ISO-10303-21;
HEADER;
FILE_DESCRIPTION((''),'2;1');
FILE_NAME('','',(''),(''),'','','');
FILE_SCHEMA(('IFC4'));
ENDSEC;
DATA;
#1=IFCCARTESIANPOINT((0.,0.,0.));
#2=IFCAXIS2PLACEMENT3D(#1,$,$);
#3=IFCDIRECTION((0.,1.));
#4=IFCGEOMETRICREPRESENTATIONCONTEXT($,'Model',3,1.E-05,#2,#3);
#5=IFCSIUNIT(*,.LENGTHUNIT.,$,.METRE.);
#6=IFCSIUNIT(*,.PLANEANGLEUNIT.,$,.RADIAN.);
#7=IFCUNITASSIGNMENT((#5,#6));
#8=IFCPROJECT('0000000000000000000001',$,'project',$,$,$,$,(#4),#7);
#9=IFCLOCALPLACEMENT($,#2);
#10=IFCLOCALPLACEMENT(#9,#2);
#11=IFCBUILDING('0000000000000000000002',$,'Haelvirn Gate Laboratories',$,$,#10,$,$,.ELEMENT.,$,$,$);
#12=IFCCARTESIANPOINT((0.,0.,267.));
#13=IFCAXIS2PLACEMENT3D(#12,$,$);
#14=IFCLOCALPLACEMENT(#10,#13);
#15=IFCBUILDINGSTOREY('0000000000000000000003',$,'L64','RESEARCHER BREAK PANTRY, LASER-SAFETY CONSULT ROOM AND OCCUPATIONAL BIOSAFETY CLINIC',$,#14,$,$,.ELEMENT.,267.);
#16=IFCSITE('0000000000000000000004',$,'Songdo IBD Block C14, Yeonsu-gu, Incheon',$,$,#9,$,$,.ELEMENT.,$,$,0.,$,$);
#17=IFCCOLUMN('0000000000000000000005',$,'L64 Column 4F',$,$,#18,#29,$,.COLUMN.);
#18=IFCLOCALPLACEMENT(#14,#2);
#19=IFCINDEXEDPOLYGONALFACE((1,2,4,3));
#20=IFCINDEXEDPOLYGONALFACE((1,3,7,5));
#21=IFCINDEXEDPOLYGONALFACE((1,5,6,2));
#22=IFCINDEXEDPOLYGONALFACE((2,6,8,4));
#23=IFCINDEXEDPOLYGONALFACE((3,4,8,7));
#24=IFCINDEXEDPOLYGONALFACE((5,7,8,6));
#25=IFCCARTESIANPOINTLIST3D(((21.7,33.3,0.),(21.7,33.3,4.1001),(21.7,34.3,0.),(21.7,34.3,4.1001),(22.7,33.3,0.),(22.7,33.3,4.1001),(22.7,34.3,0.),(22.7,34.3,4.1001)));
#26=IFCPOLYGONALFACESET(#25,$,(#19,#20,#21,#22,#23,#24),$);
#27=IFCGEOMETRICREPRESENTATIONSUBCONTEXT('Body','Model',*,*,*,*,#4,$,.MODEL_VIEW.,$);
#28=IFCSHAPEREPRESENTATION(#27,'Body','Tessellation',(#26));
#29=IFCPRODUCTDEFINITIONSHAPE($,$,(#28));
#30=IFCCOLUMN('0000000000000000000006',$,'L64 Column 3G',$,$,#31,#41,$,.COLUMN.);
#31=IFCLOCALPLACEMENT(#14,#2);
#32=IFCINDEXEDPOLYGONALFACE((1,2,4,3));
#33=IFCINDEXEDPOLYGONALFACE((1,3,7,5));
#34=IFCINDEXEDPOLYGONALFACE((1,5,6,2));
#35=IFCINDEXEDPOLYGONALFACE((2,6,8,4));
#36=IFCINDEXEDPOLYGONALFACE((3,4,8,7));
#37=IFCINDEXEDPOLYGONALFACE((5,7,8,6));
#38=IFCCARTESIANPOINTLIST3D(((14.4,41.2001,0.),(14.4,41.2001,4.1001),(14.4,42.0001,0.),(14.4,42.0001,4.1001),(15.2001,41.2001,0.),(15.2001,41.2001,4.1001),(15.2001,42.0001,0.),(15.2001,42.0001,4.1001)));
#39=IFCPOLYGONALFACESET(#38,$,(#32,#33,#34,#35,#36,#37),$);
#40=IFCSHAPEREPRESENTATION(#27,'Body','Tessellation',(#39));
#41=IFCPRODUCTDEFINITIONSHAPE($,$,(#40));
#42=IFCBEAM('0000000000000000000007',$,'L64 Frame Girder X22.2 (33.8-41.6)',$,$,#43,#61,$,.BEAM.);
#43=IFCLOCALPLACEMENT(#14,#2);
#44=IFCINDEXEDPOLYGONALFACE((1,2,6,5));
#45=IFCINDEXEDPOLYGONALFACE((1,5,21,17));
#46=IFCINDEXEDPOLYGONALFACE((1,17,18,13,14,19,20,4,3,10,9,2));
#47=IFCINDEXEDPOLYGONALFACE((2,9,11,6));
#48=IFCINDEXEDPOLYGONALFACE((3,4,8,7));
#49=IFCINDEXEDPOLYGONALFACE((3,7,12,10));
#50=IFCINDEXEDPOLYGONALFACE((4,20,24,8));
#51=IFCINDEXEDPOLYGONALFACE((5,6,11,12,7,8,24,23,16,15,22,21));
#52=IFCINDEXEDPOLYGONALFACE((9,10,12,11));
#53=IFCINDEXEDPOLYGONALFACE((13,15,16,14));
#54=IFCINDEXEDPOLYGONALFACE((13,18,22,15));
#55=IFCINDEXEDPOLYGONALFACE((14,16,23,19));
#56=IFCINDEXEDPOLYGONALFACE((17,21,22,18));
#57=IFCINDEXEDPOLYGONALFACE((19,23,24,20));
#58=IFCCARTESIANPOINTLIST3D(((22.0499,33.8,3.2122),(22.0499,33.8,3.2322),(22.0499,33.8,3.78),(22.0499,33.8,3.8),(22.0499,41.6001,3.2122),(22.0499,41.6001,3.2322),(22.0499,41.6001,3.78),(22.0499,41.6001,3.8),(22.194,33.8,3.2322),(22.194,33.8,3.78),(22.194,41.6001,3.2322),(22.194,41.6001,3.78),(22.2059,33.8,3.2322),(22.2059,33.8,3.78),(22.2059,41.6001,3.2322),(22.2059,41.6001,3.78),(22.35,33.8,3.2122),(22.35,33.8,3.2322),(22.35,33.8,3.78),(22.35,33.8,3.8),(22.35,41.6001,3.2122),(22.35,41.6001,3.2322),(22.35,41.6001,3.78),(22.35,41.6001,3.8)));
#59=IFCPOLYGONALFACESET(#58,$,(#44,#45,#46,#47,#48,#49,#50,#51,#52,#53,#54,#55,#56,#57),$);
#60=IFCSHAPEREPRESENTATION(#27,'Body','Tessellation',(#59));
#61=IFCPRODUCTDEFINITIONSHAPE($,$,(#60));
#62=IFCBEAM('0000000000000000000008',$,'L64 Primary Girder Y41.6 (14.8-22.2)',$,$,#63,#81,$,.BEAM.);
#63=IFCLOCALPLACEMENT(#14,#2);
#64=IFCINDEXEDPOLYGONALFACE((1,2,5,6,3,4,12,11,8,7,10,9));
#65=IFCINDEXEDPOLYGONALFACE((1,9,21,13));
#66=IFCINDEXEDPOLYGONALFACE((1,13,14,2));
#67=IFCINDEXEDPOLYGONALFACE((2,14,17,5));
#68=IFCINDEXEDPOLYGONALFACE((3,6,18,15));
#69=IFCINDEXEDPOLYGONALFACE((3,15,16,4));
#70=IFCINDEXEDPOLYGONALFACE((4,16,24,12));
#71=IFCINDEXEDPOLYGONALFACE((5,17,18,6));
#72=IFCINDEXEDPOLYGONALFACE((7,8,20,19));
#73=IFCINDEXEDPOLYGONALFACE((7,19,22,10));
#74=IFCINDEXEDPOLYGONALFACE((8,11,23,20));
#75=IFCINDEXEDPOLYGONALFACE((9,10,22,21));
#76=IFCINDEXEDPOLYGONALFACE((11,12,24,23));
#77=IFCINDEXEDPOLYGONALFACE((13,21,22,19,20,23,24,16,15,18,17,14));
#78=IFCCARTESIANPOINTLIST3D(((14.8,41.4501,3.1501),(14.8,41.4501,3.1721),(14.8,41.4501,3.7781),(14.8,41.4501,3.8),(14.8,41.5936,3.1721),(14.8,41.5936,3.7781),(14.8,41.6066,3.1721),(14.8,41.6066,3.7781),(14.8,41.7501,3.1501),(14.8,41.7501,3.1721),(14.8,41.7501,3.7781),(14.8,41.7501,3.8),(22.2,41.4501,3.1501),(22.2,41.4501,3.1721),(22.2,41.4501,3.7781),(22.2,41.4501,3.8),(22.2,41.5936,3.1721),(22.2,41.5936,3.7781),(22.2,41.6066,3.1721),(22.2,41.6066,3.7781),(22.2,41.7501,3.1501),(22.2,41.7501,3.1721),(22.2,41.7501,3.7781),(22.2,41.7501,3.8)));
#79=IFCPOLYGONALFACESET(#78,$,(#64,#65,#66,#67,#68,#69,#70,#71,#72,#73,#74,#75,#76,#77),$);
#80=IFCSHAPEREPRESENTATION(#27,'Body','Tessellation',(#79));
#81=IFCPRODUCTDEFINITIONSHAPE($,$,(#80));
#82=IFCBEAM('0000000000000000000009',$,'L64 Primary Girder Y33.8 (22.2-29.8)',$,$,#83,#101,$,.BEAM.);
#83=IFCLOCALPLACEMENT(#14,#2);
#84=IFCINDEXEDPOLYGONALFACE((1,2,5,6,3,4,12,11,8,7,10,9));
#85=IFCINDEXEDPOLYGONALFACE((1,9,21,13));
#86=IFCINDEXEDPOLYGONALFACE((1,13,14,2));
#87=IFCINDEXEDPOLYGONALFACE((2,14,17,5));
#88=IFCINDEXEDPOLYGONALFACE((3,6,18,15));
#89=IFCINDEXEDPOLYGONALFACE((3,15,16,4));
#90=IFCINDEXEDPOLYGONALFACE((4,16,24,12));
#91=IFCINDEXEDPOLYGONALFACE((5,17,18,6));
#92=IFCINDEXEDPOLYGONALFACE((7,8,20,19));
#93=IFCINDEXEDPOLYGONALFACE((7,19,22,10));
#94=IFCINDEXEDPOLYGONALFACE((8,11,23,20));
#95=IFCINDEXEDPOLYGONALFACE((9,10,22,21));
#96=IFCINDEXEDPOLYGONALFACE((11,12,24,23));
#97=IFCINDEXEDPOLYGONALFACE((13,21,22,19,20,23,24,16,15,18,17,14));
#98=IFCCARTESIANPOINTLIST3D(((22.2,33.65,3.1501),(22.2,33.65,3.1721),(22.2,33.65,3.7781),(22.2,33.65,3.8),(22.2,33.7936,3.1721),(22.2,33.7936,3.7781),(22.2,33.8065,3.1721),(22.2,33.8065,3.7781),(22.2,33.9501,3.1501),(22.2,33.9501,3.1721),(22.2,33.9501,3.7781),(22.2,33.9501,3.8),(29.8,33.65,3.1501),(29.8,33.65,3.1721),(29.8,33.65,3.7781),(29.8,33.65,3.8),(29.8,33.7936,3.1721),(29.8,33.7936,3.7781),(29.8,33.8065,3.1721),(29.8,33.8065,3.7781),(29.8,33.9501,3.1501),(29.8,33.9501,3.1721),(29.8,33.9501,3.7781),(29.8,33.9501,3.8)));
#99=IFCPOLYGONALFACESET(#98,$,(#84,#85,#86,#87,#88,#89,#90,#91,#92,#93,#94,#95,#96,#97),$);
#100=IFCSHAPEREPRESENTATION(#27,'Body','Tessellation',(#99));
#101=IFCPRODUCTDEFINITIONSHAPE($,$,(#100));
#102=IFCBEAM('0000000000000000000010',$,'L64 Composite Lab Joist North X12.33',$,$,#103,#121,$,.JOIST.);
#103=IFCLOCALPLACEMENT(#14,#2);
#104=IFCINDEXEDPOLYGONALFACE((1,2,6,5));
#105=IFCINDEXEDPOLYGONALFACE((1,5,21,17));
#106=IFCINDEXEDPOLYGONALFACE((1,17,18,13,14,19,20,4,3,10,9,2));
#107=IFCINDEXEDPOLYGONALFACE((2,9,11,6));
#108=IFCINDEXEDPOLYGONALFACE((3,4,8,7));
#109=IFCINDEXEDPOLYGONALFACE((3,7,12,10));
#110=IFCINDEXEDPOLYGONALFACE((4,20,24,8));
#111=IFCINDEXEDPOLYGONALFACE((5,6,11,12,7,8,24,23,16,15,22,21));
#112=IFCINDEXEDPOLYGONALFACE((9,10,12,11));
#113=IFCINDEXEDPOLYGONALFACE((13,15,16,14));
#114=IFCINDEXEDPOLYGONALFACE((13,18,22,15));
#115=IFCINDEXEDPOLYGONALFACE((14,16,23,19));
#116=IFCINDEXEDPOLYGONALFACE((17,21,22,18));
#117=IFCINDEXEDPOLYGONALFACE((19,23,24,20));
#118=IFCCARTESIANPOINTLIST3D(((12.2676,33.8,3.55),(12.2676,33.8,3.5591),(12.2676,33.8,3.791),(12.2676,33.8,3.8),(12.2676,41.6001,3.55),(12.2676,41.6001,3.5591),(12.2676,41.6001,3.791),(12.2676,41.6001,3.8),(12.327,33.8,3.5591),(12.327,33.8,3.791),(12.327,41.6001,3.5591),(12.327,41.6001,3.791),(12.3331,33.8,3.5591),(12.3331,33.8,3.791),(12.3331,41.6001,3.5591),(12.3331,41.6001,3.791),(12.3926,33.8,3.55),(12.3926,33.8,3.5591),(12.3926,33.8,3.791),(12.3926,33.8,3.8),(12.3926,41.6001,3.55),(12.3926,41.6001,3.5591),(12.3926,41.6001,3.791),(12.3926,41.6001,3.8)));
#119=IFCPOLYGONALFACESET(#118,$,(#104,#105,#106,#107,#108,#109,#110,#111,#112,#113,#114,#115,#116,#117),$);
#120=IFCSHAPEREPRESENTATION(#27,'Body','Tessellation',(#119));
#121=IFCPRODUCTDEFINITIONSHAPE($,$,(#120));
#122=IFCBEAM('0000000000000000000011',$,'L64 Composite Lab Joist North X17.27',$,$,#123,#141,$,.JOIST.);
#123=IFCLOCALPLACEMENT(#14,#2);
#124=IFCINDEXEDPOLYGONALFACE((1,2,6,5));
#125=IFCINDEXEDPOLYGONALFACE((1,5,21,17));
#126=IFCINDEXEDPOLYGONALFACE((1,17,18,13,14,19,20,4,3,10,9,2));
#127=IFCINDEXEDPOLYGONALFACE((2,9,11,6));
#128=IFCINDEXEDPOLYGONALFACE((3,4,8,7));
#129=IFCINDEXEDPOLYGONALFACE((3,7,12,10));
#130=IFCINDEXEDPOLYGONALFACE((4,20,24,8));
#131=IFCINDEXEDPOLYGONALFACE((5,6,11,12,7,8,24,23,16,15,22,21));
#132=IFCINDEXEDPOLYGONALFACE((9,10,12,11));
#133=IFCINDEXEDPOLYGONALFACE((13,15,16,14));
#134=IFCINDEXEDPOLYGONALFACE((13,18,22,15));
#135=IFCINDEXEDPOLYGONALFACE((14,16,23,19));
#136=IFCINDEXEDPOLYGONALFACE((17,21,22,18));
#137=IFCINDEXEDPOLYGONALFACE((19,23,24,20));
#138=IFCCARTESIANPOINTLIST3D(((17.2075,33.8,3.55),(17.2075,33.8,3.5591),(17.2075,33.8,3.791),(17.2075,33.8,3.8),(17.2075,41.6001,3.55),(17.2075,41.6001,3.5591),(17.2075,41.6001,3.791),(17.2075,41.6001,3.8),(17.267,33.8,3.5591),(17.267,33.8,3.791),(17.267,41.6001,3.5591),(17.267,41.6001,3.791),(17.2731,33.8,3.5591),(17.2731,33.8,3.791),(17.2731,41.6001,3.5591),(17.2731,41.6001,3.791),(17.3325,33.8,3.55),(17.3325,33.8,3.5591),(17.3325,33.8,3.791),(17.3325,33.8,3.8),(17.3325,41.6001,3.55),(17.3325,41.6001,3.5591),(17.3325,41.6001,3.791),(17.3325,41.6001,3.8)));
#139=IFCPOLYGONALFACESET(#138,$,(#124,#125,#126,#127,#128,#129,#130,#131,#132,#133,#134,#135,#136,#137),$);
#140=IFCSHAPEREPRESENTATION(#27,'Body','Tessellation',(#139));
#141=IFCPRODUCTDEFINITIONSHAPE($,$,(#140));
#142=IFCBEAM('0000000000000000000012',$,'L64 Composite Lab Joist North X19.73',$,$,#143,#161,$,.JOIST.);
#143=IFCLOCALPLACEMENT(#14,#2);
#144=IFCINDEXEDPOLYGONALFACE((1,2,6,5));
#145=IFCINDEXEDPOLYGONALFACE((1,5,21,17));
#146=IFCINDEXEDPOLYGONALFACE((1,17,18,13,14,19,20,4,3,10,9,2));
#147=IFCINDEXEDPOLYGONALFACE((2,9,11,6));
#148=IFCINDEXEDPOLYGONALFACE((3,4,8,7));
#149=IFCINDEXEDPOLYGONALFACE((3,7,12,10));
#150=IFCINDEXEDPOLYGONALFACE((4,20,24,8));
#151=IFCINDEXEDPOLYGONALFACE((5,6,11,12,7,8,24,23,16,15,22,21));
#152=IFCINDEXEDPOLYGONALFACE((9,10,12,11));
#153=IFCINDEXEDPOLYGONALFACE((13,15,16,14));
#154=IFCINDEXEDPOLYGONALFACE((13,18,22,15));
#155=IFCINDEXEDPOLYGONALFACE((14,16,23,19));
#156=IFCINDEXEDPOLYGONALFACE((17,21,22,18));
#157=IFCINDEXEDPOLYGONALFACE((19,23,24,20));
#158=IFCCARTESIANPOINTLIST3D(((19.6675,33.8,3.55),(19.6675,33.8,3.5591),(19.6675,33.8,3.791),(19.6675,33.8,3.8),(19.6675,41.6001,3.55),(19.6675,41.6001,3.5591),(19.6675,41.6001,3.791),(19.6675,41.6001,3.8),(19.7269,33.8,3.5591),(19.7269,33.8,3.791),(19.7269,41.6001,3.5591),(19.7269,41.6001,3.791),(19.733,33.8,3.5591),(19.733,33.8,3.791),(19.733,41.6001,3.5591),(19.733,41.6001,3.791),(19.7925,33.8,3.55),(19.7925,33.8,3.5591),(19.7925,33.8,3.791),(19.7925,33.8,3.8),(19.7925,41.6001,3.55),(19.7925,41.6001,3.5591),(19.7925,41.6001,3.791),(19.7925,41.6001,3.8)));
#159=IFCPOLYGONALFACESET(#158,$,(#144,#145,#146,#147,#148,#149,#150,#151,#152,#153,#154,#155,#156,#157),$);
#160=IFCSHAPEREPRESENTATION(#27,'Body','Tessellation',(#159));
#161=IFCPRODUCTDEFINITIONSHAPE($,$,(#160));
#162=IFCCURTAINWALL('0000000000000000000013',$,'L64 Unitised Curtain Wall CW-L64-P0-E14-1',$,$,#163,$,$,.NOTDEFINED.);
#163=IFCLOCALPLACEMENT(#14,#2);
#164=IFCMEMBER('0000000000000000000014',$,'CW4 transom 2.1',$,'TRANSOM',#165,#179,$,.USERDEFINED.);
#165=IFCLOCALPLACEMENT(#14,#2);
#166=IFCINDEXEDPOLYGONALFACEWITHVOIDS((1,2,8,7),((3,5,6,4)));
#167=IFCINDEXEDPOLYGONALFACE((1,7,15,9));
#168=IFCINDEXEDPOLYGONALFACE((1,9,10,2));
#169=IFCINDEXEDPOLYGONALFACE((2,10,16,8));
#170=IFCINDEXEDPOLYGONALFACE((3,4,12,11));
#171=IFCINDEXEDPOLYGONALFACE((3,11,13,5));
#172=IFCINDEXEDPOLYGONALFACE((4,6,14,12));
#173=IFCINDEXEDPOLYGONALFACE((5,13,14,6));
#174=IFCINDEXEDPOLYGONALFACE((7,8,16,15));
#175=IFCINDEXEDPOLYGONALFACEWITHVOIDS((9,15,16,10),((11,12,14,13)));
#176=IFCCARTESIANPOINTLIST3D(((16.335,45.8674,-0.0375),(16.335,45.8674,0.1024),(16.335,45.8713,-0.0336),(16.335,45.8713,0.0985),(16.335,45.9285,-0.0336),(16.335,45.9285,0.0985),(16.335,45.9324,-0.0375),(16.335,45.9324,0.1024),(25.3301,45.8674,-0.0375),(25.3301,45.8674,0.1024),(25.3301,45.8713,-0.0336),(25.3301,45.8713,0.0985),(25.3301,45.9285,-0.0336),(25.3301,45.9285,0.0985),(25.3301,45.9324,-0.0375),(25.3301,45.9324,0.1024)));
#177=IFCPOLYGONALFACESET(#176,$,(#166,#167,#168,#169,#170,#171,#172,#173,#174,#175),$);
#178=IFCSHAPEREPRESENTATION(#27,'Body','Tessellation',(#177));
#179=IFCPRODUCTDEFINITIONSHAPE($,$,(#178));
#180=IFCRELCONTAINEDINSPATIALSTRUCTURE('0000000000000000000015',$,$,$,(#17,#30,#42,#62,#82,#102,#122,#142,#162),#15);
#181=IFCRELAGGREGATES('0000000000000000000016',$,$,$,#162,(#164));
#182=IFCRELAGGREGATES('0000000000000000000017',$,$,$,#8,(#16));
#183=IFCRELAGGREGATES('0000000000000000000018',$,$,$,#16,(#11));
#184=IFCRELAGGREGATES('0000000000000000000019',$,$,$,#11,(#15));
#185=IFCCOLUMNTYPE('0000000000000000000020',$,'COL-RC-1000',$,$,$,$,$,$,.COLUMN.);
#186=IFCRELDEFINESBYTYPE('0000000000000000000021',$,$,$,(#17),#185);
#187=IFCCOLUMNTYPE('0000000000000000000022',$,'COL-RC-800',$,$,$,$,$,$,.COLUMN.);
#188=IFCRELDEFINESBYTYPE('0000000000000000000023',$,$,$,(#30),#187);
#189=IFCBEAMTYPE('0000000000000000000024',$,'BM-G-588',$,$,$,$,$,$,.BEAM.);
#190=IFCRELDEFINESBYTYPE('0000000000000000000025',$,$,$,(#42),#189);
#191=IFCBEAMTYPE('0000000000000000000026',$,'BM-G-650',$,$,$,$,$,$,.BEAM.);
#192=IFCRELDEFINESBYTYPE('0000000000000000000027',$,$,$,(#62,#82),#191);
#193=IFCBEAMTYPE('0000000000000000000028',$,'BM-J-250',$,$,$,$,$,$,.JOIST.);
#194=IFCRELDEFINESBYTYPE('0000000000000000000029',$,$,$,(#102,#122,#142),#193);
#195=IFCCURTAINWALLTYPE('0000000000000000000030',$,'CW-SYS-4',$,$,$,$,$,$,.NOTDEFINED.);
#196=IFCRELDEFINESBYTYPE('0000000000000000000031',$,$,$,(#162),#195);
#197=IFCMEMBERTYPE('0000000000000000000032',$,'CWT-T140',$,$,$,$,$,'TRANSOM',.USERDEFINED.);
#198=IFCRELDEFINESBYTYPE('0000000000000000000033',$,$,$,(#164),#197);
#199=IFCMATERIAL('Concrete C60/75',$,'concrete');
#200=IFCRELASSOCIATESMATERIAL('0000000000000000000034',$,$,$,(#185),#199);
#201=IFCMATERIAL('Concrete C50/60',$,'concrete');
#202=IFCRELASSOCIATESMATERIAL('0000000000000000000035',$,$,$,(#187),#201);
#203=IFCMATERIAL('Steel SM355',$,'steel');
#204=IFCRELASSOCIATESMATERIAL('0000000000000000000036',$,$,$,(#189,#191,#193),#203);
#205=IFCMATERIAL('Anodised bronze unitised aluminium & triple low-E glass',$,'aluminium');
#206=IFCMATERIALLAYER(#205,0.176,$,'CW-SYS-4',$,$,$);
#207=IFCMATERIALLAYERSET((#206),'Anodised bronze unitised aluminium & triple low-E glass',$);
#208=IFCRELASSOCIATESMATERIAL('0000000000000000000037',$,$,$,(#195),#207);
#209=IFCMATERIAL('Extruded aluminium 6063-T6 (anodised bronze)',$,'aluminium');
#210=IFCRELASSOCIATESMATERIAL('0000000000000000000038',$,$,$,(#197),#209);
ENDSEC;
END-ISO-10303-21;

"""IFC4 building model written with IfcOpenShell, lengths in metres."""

from ifc_helpers import new_model, si_unit, direction, frame, origin, origin_2d, place, context, subcontext, project, spatial, rectangle, hollow_rectangle, i_section, extrude, source, transform, mapped, material, layer, layer_set, material_profile, profile_set, type_object, type_shapes, element, aggregate, save


model = new_model("IFC4")

# Units and contexts
model_context = context("Model", 3, precision=1e-05, world=origin(), true_north=direction((0.0, 1.0)))
body_context = subcontext(model_context, "Body", "Model", "MODEL_VIEW")
ifc_project = project(units=[si_unit("LENGTHUNIT", "METRE"), si_unit("PLANEANGLEUNIT", "RADIAN")], contexts=[model_context])

# Site, building, storey
site_placement = place(None, origin())
site = spatial("IfcSite", under=ifc_project, at=site_placement, Name="Songdo IBD Block C14, Yeonsu-gu, Incheon", CompositionType="ELEMENT", RefElevation=0.0)
building_placement = place(site_placement, origin())
building = spatial("IfcBuilding", under=site, at=building_placement, Name="Haelvirn Gate Laboratories", CompositionType="ELEMENT")
storey_placement = place(building_placement, frame((0.0, 0.0, 267.0)))
storey = spatial("IfcBuildingStorey", under=building, at=storey_placement, Name="L64", Description="RESEARCHER BREAK PANTRY, LASER-SAFETY CONSULT ROOM AND OCCUPATIONAL BIOSAFETY CLINIC", CompositionType="ELEMENT", Elevation=267.0)

# Columns
ifc_material_1 = material(Name="Concrete C60/75", Category="concrete")
ifc_material_profile_1 = material_profile(ifc_material_1, rectangle(XDim=1.0, YDim=1.0, at=origin_2d()), Name="RC-1000x1000")
ifc_profile_set_1 = profile_set([ifc_material_profile_1], Name="Concrete C60/75")
column_type_1 = type_object("IfcColumnType", Name="COL-RC-1000", PredefinedType="COLUMN", material=ifc_profile_set_1)
shared_shape_1 = source(origin(), body_context, "Body", "SweptSolid", [
    extrude(rectangle(XDim=1.0, YDim=1.0, at=origin_2d()), origin(), (0.0, 0.0, 1.0), 4.1001),
])
type_shapes(column_type_1, [shared_shape_1])
column_1_placement = place(storey_placement, frame((22.2, 33.8, 0.0), z_axis=(0.0, 0.0, 1.0), x_axis=(1.0, 0.0, 0.0)))
element("IfcColumn", 1, at=column_1_placement, inside=storey, type_object=column_type_1, Name="L64 Column 4F", PredefinedType="COLUMN", context=body_context, shape_type="MappedRepresentation", body=[
    mapped(shared_shape_1, transform((0.0, 0.0, 0.0), scale=1.0)),
])
ifc_material_2 = material(Name="Concrete C50/60", Category="concrete")
ifc_material_profile_2 = material_profile(ifc_material_2, rectangle(XDim=0.8, YDim=0.8, at=origin_2d()), Name="RC-800x800")
ifc_profile_set_2 = profile_set([ifc_material_profile_2], Name="Concrete C50/60")
column_type_2 = type_object("IfcColumnType", Name="COL-RC-800", PredefinedType="COLUMN", material=ifc_profile_set_2)
shared_shape_2 = source(origin(), body_context, "Body", "SweptSolid", [
    extrude(rectangle(XDim=0.8, YDim=0.8, at=origin_2d()), origin(), (0.0, 0.0, 1.0), 4.1001),
])
type_shapes(column_type_2, [shared_shape_2])
column_2_placement = place(storey_placement, frame((14.8, 41.6001, 0.0), z_axis=(0.0, 0.0, 1.0), x_axis=(1.0, 0.0, 0.0)))
element("IfcColumn", 2, at=column_2_placement, inside=storey, type_object=column_type_2, Name="L64 Column 3G", PredefinedType="COLUMN", context=body_context, shape_type="MappedRepresentation", body=[
    mapped(shared_shape_2, transform((0.0, 0.0, 0.0), scale=1.0)),
])

# Beams
ifc_material_3 = material(Name="Steel SM355", Category="steel")
ifc_material_profile_3 = material_profile(ifc_material_3, i_section(OverallWidth=0.3, OverallDepth=0.5879, WebThickness=0.012, FlangeThickness=0.02, at=origin_2d()), Name="H-588x300x12x20")
ifc_profile_set_3 = profile_set([ifc_material_profile_3], Name="Steel SM355")
beam_type_1 = type_object("IfcBeamType", Name="BM-G-588", PredefinedType="BEAM", material=ifc_profile_set_3)
shared_shape_3 = source(origin(), body_context, "Body", "SweptSolid", [
    extrude(i_section(OverallWidth=0.3, OverallDepth=0.5879, WebThickness=0.012, FlangeThickness=0.02, at=origin_2d()), origin(), (0.0, 0.0, 1.0), 7.8),
])
type_shapes(beam_type_1, [shared_shape_3])
beam_1_placement = place(storey_placement, frame((22.2, 33.8, 3.5061), z_axis=(0.0, 1.0, 0.0), x_axis=(-1.0, 0.0, 0.0)))
element("IfcBeam", 3, at=beam_1_placement, inside=storey, type_object=beam_type_1, Name="L64 Frame Girder X22.2 (33.8-41.6)", PredefinedType="BEAM", context=body_context, shape_type="MappedRepresentation", body=[
    mapped(shared_shape_3, transform((0.0, 0.0, 0.0), scale=1.0)),
])
ifc_material_profile_4 = material_profile(ifc_material_3, i_section(OverallWidth=0.3, OverallDepth=0.6499, WebThickness=0.0129, FlangeThickness=0.022, at=origin_2d()), Name="H-650x300x13x22")
ifc_profile_set_4 = profile_set([ifc_material_profile_4], Name="Steel SM355")
beam_type_2 = type_object("IfcBeamType", Name="BM-G-650", PredefinedType="BEAM", material=ifc_profile_set_4)
shared_shape_4 = source(origin(), body_context, "Body", "SweptSolid", [
    extrude(i_section(OverallWidth=0.3, OverallDepth=0.6499, WebThickness=0.0129, FlangeThickness=0.022, at=origin_2d()), origin(), (0.0, 0.0, 1.0), 7.3999),
])
beam_2_placement = place(storey_placement, frame((14.8, 41.6001, 3.4751), z_axis=(1.0, 0.0, 0.0), x_axis=(0.0, 1.0, 0.0)))
element("IfcBeam", 4, at=beam_2_placement, inside=storey, type_object=beam_type_2, Name="L64 Primary Girder Y41.6 (14.8-22.2)", PredefinedType="BEAM", context=body_context, shape_type="MappedRepresentation", body=[
    mapped(shared_shape_4, transform((0.0, 0.0, 0.0), scale=1.0)),
])
shared_shape_5 = source(origin(), body_context, "Body", "SweptSolid", [
    extrude(i_section(OverallWidth=0.3, OverallDepth=0.6499, WebThickness=0.0129, FlangeThickness=0.022, at=origin_2d()), origin(), (0.0, 0.0, 1.0), 7.6001),
])
type_shapes(beam_type_2, [shared_shape_4, shared_shape_5])
beam_3_placement = place(storey_placement, frame((22.2, 33.8, 3.4751), z_axis=(1.0, 0.0, 0.0), x_axis=(0.0, 1.0, 0.0)))
element("IfcBeam", 5, at=beam_3_placement, inside=storey, type_object=beam_type_2, Name="L64 Primary Girder Y33.8 (22.2-29.8)", PredefinedType="BEAM", context=body_context, shape_type="MappedRepresentation", body=[
    mapped(shared_shape_5, transform((0.0, 0.0, 0.0), scale=1.0)),
])
ifc_material_profile_5 = material_profile(ifc_material_3, i_section(OverallWidth=0.125, OverallDepth=0.25, WebThickness=0.0061, FlangeThickness=0.009, at=origin_2d()), Name="H-250x125x6x9")
ifc_profile_set_5 = profile_set([ifc_material_profile_5], Name="Steel SM355")
beam_type_3 = type_object("IfcBeamType", Name="BM-J-250", PredefinedType="JOIST", material=ifc_profile_set_5)
shared_shape_6 = source(origin(), body_context, "Body", "SweptSolid", [
    extrude(i_section(OverallWidth=0.125, OverallDepth=0.25, WebThickness=0.0061, FlangeThickness=0.009, at=origin_2d()), origin(), (0.0, 0.0, 1.0), 7.8),
])
type_shapes(beam_type_3, [shared_shape_6])
for number, where, z_axis, x_axis, name in (
    (6, (12.3301, 33.8, 3.675), (0.0, 1.0, 0.0), (-1.0, 0.0, 0.0), "L64 Composite Lab Joist North X12.33"),
    (7, (17.27, 33.8, 3.675), (0.0, 1.0, 0.0), (-1.0, 0.0, 0.0), "L64 Composite Lab Joist North X17.27"),
    (8, (19.73, 33.8, 3.675), (0.0, 1.0, 0.0), (-1.0, 0.0, 0.0), "L64 Composite Lab Joist North X19.73"),
):
    element("IfcBeam", number, at=place(storey_placement, frame(where, z_axis=z_axis, x_axis=x_axis)), inside=storey, type_object=beam_type_3, Name=name, PredefinedType="JOIST", context=body_context, shape_type="MappedRepresentation", body=[
        mapped(shared_shape_6, transform((0.0, 0.0, 0.0), scale=1.0)),
    ])

# Curtain wall, member
ifc_material_4 = material(Name="Anodised bronze unitised aluminium & triple low-E glass", Category="aluminium")
ifc_layer_1 = layer(ifc_material_4, 0.176, Name="CW-SYS-4")
ifc_layer_set_1 = layer_set([ifc_layer_1], Name="Anodised bronze unitised aluminium & triple low-E glass")
curtain_wall_type = type_object("IfcCurtainWallType", Name="CW-SYS-4", PredefinedType="NOTDEFINED", material=ifc_layer_set_1)
curtain_wall_placement = place(storey_placement, origin())
curtain_wall = element("IfcCurtainWall", 9, at=curtain_wall_placement, inside=storey, type_object=curtain_wall_type, Name="L64 Unitised Curtain Wall CW-L64-P0-E14-1", PredefinedType="NOTDEFINED")
ifc_material_5 = material(Name="Extruded aluminium 6063-T6 (anodised bronze)", Category="aluminium")
ifc_material_profile_6 = material_profile(ifc_material_5, hollow_rectangle(XDim=0.0649, YDim=0.1399, WallThickness=0.0039, at=origin_2d()), Name="CWT-140x65x4")
ifc_profile_set_6 = profile_set([ifc_material_profile_6], Name="Extruded aluminium 6063-T6 (anodised bronze)")
member_type_1 = type_object("IfcMemberType", Name="CWT-T140", ElementType="TRANSOM", PredefinedType="USERDEFINED", material=ifc_profile_set_6)
shared_shape_7 = source(origin(), body_context, "Body", "SweptSolid", [
    extrude(hollow_rectangle(XDim=0.0649, YDim=0.1399, WallThickness=0.0039, at=origin_2d()), origin(), (0.0, 0.0, 1.0), 8.9951),
])
type_shapes(member_type_1, [shared_shape_7])
member_1_placement = place(storey_placement, frame((16.335, 45.8999, 0.0325), z_axis=(1.0, 0.0, 0.0), x_axis=(0.0, 1.0, 0.0)))
member_1 = element("IfcMember", 10, at=member_1_placement, type_object=member_type_1, Name="CW4 transom 2.1", ObjectType="TRANSOM", PredefinedType="USERDEFINED", context=body_context, shape_type="MappedRepresentation", body=[
    mapped(shared_shape_7, transform((0.0, 0.0, 0.0), scale=1.0)),
])
aggregate(curtain_wall, [member_1])

save(model, "model.ifc")
